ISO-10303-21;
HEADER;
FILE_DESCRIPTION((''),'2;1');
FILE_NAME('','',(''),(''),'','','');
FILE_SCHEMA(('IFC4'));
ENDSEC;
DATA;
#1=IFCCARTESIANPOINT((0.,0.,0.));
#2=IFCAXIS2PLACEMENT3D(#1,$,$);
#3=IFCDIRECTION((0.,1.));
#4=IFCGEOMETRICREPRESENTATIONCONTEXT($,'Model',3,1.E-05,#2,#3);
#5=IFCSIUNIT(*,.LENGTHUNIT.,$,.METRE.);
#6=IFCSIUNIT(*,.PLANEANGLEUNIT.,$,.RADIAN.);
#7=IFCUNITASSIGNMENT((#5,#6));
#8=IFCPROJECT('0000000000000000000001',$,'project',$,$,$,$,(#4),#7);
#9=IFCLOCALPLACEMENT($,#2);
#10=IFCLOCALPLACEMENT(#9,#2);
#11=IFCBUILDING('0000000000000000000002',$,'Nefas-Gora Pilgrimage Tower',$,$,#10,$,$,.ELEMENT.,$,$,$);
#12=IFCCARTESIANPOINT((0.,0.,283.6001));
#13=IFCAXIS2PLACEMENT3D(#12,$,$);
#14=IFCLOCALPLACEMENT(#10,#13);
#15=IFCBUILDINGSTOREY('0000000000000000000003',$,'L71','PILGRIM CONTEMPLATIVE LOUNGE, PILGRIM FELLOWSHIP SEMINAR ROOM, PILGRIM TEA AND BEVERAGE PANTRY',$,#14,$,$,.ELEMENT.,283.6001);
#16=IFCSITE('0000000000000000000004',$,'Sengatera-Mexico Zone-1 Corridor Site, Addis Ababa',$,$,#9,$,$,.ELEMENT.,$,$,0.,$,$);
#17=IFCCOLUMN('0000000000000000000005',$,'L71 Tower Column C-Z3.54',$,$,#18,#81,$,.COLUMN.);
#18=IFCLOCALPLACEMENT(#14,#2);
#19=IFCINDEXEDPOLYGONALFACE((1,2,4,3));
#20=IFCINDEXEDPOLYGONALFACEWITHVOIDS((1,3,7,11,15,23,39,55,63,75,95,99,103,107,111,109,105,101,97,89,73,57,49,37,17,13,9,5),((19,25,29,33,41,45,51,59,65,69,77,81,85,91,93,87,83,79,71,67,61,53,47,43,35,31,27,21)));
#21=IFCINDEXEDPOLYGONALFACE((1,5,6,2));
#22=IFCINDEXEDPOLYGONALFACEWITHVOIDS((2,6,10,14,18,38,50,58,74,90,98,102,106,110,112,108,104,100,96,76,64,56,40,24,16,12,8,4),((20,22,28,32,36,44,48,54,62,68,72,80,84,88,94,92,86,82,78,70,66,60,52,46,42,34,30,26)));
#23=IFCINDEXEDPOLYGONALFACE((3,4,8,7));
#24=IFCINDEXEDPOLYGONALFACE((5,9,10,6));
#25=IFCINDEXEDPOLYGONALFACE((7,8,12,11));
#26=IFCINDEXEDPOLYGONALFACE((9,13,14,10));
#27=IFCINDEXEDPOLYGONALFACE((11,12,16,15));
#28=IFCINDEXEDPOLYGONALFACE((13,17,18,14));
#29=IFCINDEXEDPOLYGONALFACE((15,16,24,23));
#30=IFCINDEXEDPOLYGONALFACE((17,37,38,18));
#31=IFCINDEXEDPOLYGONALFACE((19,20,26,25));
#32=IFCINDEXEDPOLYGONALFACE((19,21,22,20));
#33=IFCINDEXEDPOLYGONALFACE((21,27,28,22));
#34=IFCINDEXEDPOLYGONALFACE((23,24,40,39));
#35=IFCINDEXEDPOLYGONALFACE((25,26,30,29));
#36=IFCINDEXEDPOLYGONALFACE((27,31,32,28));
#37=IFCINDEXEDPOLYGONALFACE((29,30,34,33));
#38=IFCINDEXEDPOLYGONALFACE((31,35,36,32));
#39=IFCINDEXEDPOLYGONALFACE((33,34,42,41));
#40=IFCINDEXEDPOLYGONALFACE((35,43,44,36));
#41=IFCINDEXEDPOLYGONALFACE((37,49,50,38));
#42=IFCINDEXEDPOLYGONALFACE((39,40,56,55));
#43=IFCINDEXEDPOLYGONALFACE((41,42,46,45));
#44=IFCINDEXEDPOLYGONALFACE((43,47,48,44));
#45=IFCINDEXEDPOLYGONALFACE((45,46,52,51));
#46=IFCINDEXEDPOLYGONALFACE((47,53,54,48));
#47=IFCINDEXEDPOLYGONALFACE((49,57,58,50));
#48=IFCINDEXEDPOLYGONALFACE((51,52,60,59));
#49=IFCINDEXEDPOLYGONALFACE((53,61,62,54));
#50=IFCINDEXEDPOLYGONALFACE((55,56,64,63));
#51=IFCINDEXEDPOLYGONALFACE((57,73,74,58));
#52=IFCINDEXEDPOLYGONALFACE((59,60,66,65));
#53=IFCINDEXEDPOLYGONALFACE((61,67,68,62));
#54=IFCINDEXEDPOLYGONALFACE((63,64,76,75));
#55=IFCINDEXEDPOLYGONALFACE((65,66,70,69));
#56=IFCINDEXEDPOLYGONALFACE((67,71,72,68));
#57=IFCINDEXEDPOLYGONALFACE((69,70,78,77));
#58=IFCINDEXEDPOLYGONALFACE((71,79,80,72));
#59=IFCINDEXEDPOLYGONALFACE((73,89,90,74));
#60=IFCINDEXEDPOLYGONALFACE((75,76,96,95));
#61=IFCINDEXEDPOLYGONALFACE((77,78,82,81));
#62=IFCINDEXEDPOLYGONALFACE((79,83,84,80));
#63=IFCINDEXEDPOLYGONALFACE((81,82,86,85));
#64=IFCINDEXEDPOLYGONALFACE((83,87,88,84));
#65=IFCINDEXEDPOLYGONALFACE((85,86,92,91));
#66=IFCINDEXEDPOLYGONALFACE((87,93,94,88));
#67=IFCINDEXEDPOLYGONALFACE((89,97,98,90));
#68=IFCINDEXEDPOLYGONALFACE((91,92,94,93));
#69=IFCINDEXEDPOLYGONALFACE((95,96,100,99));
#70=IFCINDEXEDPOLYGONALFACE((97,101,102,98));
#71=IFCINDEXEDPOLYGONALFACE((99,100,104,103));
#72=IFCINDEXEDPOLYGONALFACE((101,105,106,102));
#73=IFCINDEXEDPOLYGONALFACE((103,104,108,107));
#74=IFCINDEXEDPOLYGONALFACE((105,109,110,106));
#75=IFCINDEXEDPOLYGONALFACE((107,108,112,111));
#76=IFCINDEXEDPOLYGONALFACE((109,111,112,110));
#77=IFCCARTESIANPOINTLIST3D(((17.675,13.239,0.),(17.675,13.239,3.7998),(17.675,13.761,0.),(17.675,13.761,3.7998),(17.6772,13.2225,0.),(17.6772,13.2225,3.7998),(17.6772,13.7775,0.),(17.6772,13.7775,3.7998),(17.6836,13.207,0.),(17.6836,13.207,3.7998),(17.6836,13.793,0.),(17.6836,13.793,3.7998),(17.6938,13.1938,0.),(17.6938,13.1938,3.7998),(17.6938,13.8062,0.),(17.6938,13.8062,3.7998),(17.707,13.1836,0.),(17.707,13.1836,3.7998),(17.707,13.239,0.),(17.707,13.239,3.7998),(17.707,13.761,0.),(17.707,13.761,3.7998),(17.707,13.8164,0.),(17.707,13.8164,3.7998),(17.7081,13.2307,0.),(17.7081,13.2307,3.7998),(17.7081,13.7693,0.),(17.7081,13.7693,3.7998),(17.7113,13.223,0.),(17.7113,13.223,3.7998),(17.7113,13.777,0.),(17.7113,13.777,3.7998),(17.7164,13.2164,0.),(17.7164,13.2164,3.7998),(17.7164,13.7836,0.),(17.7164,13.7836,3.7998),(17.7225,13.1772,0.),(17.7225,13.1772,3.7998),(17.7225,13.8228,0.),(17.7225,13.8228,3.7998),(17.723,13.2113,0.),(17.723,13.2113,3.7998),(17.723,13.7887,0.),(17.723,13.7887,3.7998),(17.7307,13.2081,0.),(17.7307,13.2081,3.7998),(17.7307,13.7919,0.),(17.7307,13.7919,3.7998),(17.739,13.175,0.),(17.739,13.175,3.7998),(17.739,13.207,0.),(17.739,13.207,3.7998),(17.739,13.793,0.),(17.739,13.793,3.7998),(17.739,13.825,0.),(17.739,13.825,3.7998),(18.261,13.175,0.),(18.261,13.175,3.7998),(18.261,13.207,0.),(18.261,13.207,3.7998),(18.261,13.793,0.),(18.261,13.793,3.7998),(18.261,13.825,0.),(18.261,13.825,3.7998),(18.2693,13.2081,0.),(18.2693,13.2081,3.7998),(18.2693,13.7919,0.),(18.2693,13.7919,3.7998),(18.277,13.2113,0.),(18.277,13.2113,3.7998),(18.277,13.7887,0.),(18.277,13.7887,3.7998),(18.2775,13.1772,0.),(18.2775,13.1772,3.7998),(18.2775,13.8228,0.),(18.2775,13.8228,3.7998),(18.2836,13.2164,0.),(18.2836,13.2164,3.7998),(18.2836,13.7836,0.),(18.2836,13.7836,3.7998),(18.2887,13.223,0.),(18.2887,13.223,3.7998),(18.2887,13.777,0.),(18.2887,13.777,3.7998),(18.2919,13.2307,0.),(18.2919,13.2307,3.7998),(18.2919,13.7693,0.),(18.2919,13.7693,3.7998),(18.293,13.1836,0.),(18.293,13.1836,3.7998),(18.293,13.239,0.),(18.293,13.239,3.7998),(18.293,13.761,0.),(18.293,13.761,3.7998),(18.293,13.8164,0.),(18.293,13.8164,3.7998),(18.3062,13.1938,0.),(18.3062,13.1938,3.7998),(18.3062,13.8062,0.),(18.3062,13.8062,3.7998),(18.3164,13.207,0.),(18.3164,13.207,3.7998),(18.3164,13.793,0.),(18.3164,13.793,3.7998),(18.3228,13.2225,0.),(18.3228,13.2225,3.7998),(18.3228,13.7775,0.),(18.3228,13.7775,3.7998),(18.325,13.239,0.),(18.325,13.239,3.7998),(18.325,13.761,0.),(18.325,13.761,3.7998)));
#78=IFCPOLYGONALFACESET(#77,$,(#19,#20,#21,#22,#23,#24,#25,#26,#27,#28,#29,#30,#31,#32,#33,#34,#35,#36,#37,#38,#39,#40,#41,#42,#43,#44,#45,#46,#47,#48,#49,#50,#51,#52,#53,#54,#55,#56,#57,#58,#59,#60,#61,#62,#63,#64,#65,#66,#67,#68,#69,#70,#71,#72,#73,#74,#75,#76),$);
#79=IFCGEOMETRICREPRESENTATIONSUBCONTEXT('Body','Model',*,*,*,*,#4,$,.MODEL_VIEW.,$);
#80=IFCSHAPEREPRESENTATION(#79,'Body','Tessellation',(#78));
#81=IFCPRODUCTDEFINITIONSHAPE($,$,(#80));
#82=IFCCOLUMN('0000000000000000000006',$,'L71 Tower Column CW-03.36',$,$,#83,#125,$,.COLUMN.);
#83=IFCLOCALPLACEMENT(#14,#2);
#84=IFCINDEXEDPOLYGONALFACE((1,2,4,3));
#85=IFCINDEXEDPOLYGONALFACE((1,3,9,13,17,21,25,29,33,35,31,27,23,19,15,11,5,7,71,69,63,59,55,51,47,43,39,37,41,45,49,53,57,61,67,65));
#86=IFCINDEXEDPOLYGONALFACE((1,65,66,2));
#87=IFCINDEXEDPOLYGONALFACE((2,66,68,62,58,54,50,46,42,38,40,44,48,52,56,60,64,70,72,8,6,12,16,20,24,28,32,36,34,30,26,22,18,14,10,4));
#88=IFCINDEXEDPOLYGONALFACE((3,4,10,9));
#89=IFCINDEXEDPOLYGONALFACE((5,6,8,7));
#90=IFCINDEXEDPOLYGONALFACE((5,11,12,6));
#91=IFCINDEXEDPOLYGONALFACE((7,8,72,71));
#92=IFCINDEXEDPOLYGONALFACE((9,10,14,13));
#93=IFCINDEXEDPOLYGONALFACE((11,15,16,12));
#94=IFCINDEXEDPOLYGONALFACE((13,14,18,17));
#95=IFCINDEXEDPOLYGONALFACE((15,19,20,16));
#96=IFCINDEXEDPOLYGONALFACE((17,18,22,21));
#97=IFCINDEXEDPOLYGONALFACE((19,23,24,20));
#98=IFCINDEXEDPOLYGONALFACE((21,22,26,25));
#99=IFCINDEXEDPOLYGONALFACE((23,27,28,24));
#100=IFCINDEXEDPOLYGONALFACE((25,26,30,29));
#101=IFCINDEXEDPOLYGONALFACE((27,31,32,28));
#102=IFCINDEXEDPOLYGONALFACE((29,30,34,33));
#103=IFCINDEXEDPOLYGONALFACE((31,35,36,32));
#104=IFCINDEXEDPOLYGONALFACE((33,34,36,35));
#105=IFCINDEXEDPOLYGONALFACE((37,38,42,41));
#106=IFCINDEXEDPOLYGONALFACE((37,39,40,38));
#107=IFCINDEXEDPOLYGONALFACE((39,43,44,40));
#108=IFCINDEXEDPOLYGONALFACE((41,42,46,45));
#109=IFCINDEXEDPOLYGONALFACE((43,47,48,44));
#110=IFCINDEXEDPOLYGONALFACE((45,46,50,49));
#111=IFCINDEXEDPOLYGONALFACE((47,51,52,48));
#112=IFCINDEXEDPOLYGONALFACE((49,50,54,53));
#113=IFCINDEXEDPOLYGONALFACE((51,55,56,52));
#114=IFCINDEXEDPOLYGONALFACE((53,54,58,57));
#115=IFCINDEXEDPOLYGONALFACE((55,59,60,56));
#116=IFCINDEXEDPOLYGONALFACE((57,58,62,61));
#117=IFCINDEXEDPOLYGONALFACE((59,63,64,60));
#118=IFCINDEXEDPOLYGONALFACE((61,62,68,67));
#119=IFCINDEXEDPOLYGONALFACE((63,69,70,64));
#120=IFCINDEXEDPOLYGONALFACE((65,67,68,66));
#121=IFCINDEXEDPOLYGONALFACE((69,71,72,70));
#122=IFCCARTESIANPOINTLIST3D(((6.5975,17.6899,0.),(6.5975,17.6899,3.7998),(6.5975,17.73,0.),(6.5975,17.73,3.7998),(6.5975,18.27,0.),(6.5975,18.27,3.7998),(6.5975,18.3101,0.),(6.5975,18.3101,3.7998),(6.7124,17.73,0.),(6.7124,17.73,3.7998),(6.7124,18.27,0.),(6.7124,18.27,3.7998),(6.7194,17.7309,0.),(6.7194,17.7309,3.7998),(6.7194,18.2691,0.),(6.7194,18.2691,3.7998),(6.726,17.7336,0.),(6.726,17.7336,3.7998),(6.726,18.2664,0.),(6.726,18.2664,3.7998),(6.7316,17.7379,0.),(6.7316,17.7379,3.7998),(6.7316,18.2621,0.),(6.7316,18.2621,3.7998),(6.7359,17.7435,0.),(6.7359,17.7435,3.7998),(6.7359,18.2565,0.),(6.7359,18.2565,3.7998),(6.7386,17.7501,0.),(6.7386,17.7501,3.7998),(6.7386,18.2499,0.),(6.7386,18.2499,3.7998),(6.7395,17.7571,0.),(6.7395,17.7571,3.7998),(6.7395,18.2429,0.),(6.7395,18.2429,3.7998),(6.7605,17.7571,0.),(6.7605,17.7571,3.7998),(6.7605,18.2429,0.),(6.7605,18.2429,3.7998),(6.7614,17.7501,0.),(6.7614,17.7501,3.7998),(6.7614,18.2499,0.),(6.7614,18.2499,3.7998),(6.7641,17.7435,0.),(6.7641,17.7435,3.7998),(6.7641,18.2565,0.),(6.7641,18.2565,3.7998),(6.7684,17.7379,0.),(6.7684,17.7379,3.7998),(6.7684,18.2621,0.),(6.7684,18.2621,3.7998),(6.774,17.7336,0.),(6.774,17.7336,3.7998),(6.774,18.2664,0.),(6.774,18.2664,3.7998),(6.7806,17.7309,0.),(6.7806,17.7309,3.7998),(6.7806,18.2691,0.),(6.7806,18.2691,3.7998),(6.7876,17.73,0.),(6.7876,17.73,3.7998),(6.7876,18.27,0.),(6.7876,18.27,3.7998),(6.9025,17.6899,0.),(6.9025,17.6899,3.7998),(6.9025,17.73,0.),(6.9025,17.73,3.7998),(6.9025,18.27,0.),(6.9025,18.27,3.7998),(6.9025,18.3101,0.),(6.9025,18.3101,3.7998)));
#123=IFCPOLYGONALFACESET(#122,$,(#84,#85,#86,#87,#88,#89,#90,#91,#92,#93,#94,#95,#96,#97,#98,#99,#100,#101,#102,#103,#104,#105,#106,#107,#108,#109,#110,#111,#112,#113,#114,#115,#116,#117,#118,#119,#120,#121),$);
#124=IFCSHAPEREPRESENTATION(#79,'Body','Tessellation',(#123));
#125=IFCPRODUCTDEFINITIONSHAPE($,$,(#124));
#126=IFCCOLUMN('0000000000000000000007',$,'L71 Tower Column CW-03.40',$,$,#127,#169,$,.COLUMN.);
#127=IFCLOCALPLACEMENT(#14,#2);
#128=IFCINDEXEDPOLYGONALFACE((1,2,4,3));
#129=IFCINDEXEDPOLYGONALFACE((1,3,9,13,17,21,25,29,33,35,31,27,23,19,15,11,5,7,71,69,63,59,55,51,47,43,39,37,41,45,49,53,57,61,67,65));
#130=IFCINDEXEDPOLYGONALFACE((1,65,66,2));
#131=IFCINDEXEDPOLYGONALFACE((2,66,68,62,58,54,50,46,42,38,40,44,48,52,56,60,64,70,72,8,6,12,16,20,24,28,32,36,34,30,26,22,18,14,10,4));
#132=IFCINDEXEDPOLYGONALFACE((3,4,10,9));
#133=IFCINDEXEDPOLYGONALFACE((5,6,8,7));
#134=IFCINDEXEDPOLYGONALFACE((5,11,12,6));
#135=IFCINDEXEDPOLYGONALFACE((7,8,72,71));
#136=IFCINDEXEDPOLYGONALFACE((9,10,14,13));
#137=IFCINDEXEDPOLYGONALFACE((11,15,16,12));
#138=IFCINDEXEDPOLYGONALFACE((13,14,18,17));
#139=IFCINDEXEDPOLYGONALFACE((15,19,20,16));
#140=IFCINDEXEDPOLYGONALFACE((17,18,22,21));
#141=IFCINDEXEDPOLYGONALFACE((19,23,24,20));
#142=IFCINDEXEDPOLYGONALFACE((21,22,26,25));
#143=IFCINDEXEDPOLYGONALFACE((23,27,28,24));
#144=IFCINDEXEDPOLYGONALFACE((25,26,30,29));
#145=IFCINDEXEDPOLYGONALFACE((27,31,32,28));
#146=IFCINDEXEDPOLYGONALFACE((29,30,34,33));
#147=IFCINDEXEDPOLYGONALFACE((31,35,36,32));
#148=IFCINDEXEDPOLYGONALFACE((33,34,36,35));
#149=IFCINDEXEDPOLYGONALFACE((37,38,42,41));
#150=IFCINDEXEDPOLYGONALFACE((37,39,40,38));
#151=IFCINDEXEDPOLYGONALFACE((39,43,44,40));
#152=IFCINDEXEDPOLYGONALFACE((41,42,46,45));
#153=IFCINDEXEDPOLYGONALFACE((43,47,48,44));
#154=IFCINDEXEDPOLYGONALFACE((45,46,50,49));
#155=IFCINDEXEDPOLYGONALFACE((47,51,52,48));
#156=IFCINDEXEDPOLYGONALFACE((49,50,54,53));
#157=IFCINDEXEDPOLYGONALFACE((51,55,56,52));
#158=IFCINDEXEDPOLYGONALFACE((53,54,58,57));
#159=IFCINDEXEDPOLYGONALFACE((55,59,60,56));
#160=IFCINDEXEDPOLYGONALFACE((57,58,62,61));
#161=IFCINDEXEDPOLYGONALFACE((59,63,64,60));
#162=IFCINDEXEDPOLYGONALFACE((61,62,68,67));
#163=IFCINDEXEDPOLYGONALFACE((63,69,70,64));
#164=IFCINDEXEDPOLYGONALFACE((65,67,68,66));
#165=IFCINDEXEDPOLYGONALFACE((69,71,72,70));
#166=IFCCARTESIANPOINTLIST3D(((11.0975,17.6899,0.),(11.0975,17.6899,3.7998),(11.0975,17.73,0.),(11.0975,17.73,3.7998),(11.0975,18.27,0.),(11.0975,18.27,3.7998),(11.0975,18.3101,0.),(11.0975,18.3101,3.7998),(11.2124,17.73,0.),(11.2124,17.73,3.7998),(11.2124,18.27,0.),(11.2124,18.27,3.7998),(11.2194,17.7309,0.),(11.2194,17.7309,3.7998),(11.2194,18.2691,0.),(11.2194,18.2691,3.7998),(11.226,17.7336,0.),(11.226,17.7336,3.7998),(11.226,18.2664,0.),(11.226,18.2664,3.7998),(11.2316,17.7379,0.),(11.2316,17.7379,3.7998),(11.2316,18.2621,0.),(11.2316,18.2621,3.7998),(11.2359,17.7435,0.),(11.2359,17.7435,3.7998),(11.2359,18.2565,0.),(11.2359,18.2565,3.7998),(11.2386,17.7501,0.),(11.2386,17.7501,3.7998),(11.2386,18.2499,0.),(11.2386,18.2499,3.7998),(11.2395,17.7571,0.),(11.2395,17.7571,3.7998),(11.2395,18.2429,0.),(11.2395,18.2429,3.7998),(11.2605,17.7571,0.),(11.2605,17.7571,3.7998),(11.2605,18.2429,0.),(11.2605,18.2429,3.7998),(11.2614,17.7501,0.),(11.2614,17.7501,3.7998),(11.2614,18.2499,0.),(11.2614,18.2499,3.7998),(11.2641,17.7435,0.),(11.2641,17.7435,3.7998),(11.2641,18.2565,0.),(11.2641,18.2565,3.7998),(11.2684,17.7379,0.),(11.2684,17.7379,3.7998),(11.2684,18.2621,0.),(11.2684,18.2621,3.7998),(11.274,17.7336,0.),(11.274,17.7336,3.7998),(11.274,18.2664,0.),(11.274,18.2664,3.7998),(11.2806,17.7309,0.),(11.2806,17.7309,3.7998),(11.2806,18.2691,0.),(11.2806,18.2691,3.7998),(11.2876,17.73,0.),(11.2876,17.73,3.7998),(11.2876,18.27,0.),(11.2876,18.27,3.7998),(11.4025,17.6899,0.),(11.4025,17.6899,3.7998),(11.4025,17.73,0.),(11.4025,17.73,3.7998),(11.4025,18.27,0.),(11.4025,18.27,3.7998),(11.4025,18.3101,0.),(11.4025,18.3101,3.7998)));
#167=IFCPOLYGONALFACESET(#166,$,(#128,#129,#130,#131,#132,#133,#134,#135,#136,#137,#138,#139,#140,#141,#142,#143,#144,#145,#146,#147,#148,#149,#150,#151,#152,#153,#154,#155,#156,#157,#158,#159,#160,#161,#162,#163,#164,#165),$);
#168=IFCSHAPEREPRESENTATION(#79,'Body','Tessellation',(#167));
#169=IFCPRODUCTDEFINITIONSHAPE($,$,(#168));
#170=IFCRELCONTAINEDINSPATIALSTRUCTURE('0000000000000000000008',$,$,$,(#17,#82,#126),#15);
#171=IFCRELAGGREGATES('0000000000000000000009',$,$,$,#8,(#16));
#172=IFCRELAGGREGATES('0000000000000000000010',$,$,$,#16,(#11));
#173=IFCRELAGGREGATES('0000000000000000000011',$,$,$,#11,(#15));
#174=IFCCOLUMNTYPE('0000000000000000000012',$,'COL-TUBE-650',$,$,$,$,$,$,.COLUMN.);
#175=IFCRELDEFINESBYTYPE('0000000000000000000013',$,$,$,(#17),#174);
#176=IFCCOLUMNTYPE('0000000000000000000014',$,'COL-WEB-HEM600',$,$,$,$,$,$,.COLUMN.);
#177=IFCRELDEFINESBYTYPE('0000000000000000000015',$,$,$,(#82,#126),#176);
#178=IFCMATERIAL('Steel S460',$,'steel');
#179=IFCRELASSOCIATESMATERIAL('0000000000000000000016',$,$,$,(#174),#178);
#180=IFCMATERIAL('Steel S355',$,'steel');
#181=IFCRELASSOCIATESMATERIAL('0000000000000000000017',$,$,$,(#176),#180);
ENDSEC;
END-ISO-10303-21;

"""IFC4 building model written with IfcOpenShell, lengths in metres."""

from ifc_helpers import new_model, si_unit, direction, frame, origin, origin_2d, place, context, subcontext, project, spatial, hollow_rectangle, i_section, extrude, source, transform, mapped, material, material_profile, profile_set, type_object, element, save


model = new_model("IFC4")

# Units and contexts
model_context = context("Model", 3, precision=1e-05, world=origin(), true_north=direction((0.0, 1.0)))
body_context = subcontext(model_context, "Body", "Model", "MODEL_VIEW")
ifc_project = project(units=[si_unit("LENGTHUNIT", "METRE"), si_unit("PLANEANGLEUNIT", "RADIAN")], contexts=[model_context])

# Site, building, storey
site_placement = place(None, origin())
site = spatial("IfcSite", under=ifc_project, at=site_placement, Name="Sengatera-Mexico Zone-1 Corridor Site, Addis Ababa", CompositionType="ELEMENT", RefElevation=0.0)
building_placement = place(site_placement, origin())
building = spatial("IfcBuilding", under=site, at=building_placement, Name="Nefas-Gora Pilgrimage Tower", CompositionType="ELEMENT")
storey_placement = place(building_placement, frame((0.0, 0.0, 283.6001)))
storey = spatial("IfcBuildingStorey", under=building, at=storey_placement, Name="L71", Description="PILGRIM CONTEMPLATIVE LOUNGE, PILGRIM FELLOWSHIP SEMINAR ROOM, PILGRIM TEA AND BEVERAGE PANTRY", CompositionType="ELEMENT", Elevation=283.6001)

# Columns
ifc_material_1 = material(Name="Steel S460", Category="steel")
ifc_material_profile_1 = material_profile(ifc_material_1, hollow_rectangle(XDim=0.6499, YDim=0.6499, WallThickness=0.032, InnerFilletRadius=0.032, OuterFilletRadius=0.064, at=origin_2d()), Name="BOX 650x650x32")
ifc_profile_set_1 = profile_set([ifc_material_profile_1], Name="Steel S460")
column_type_1 = type_object("IfcColumnType", Name="COL-TUBE-650", PredefinedType="COLUMN", material=ifc_profile_set_1)
shared_shape_1 = source(origin(), body_context, "Body", "SweptSolid", [
    extrude(hollow_rectangle(XDim=0.6499, YDim=0.6499, WallThickness=0.032, InnerFilletRadius=0.032, OuterFilletRadius=0.064, at=origin_2d()), origin(), (0.0, 0.0, 1.0), 3.7998),
])
column_placement = place(storey_placement, frame((18.0, 13.5, 0.0), z_axis=(0.0, 0.0, 1.0), x_axis=(1.0, 0.0, 0.0)))
element("IfcColumn", 1, at=column_placement, inside=storey, type_object=column_type_1, Name="L71 Tower Column C-Z3.54", PredefinedType="COLUMN", context=body_context, shape_type="MappedRepresentation", body=[
    mapped(shared_shape_1, transform((0.0, 0.0, 0.0), x_axis=(1.0, 0.0, 0.0), y_axis=(0.0, 1.0, 0.0), z_axis=(0.0, 0.0, 1.0), scale=1.0)),
])
ifc_material_2 = material(Name="Steel S355", Category="steel")
ifc_material_profile_2 = material_profile(ifc_material_2, i_section(OverallWidth=0.3049, OverallDepth=0.6201, WebThickness=0.021, FlangeThickness=0.04, FilletRadius=0.0271, at=origin_2d()), Name="HEM 600")
ifc_profile_set_2 = profile_set([ifc_material_profile_2], Name="Steel S355")
column_type_2 = type_object("IfcColumnType", Name="COL-WEB-HEM600", PredefinedType="COLUMN", material=ifc_profile_set_2)
shared_shape_2 = source(origin(), body_context, "Body", "SweptSolid", [
    extrude(i_section(OverallWidth=0.3049, OverallDepth=0.6201, WebThickness=0.021, FlangeThickness=0.04, FilletRadius=0.0271, at=origin_2d()), origin(), (0.0, 0.0, 1.0), 3.7998),
])
for number, where, z_axis, x_axis, name in (
    (2, (6.75, 18.0, 0.0), (0.0, 0.0, 1.0), (1.0, 0.0, 0.0), "L71 Tower Column CW-03.36"),
    (3, (11.25, 18.0, 0.0), (0.0, 0.0, 1.0), (1.0, 0.0, 0.0), "L71 Tower Column CW-03.40"),
):
    element("IfcColumn", number, at=place(storey_placement, frame(where, z_axis=z_axis, x_axis=x_axis)), inside=storey, type_object=column_type_2, Name=name, PredefinedType="COLUMN", context=body_context, shape_type="MappedRepresentation", body=[
        mapped(shared_shape_2, transform((0.0, 0.0, 0.0), x_axis=(1.0, 0.0, 0.0), y_axis=(0.0, 1.0, 0.0), z_axis=(0.0, 0.0, 1.0), scale=1.0)),
    ])

save(model, "model.ifc")
